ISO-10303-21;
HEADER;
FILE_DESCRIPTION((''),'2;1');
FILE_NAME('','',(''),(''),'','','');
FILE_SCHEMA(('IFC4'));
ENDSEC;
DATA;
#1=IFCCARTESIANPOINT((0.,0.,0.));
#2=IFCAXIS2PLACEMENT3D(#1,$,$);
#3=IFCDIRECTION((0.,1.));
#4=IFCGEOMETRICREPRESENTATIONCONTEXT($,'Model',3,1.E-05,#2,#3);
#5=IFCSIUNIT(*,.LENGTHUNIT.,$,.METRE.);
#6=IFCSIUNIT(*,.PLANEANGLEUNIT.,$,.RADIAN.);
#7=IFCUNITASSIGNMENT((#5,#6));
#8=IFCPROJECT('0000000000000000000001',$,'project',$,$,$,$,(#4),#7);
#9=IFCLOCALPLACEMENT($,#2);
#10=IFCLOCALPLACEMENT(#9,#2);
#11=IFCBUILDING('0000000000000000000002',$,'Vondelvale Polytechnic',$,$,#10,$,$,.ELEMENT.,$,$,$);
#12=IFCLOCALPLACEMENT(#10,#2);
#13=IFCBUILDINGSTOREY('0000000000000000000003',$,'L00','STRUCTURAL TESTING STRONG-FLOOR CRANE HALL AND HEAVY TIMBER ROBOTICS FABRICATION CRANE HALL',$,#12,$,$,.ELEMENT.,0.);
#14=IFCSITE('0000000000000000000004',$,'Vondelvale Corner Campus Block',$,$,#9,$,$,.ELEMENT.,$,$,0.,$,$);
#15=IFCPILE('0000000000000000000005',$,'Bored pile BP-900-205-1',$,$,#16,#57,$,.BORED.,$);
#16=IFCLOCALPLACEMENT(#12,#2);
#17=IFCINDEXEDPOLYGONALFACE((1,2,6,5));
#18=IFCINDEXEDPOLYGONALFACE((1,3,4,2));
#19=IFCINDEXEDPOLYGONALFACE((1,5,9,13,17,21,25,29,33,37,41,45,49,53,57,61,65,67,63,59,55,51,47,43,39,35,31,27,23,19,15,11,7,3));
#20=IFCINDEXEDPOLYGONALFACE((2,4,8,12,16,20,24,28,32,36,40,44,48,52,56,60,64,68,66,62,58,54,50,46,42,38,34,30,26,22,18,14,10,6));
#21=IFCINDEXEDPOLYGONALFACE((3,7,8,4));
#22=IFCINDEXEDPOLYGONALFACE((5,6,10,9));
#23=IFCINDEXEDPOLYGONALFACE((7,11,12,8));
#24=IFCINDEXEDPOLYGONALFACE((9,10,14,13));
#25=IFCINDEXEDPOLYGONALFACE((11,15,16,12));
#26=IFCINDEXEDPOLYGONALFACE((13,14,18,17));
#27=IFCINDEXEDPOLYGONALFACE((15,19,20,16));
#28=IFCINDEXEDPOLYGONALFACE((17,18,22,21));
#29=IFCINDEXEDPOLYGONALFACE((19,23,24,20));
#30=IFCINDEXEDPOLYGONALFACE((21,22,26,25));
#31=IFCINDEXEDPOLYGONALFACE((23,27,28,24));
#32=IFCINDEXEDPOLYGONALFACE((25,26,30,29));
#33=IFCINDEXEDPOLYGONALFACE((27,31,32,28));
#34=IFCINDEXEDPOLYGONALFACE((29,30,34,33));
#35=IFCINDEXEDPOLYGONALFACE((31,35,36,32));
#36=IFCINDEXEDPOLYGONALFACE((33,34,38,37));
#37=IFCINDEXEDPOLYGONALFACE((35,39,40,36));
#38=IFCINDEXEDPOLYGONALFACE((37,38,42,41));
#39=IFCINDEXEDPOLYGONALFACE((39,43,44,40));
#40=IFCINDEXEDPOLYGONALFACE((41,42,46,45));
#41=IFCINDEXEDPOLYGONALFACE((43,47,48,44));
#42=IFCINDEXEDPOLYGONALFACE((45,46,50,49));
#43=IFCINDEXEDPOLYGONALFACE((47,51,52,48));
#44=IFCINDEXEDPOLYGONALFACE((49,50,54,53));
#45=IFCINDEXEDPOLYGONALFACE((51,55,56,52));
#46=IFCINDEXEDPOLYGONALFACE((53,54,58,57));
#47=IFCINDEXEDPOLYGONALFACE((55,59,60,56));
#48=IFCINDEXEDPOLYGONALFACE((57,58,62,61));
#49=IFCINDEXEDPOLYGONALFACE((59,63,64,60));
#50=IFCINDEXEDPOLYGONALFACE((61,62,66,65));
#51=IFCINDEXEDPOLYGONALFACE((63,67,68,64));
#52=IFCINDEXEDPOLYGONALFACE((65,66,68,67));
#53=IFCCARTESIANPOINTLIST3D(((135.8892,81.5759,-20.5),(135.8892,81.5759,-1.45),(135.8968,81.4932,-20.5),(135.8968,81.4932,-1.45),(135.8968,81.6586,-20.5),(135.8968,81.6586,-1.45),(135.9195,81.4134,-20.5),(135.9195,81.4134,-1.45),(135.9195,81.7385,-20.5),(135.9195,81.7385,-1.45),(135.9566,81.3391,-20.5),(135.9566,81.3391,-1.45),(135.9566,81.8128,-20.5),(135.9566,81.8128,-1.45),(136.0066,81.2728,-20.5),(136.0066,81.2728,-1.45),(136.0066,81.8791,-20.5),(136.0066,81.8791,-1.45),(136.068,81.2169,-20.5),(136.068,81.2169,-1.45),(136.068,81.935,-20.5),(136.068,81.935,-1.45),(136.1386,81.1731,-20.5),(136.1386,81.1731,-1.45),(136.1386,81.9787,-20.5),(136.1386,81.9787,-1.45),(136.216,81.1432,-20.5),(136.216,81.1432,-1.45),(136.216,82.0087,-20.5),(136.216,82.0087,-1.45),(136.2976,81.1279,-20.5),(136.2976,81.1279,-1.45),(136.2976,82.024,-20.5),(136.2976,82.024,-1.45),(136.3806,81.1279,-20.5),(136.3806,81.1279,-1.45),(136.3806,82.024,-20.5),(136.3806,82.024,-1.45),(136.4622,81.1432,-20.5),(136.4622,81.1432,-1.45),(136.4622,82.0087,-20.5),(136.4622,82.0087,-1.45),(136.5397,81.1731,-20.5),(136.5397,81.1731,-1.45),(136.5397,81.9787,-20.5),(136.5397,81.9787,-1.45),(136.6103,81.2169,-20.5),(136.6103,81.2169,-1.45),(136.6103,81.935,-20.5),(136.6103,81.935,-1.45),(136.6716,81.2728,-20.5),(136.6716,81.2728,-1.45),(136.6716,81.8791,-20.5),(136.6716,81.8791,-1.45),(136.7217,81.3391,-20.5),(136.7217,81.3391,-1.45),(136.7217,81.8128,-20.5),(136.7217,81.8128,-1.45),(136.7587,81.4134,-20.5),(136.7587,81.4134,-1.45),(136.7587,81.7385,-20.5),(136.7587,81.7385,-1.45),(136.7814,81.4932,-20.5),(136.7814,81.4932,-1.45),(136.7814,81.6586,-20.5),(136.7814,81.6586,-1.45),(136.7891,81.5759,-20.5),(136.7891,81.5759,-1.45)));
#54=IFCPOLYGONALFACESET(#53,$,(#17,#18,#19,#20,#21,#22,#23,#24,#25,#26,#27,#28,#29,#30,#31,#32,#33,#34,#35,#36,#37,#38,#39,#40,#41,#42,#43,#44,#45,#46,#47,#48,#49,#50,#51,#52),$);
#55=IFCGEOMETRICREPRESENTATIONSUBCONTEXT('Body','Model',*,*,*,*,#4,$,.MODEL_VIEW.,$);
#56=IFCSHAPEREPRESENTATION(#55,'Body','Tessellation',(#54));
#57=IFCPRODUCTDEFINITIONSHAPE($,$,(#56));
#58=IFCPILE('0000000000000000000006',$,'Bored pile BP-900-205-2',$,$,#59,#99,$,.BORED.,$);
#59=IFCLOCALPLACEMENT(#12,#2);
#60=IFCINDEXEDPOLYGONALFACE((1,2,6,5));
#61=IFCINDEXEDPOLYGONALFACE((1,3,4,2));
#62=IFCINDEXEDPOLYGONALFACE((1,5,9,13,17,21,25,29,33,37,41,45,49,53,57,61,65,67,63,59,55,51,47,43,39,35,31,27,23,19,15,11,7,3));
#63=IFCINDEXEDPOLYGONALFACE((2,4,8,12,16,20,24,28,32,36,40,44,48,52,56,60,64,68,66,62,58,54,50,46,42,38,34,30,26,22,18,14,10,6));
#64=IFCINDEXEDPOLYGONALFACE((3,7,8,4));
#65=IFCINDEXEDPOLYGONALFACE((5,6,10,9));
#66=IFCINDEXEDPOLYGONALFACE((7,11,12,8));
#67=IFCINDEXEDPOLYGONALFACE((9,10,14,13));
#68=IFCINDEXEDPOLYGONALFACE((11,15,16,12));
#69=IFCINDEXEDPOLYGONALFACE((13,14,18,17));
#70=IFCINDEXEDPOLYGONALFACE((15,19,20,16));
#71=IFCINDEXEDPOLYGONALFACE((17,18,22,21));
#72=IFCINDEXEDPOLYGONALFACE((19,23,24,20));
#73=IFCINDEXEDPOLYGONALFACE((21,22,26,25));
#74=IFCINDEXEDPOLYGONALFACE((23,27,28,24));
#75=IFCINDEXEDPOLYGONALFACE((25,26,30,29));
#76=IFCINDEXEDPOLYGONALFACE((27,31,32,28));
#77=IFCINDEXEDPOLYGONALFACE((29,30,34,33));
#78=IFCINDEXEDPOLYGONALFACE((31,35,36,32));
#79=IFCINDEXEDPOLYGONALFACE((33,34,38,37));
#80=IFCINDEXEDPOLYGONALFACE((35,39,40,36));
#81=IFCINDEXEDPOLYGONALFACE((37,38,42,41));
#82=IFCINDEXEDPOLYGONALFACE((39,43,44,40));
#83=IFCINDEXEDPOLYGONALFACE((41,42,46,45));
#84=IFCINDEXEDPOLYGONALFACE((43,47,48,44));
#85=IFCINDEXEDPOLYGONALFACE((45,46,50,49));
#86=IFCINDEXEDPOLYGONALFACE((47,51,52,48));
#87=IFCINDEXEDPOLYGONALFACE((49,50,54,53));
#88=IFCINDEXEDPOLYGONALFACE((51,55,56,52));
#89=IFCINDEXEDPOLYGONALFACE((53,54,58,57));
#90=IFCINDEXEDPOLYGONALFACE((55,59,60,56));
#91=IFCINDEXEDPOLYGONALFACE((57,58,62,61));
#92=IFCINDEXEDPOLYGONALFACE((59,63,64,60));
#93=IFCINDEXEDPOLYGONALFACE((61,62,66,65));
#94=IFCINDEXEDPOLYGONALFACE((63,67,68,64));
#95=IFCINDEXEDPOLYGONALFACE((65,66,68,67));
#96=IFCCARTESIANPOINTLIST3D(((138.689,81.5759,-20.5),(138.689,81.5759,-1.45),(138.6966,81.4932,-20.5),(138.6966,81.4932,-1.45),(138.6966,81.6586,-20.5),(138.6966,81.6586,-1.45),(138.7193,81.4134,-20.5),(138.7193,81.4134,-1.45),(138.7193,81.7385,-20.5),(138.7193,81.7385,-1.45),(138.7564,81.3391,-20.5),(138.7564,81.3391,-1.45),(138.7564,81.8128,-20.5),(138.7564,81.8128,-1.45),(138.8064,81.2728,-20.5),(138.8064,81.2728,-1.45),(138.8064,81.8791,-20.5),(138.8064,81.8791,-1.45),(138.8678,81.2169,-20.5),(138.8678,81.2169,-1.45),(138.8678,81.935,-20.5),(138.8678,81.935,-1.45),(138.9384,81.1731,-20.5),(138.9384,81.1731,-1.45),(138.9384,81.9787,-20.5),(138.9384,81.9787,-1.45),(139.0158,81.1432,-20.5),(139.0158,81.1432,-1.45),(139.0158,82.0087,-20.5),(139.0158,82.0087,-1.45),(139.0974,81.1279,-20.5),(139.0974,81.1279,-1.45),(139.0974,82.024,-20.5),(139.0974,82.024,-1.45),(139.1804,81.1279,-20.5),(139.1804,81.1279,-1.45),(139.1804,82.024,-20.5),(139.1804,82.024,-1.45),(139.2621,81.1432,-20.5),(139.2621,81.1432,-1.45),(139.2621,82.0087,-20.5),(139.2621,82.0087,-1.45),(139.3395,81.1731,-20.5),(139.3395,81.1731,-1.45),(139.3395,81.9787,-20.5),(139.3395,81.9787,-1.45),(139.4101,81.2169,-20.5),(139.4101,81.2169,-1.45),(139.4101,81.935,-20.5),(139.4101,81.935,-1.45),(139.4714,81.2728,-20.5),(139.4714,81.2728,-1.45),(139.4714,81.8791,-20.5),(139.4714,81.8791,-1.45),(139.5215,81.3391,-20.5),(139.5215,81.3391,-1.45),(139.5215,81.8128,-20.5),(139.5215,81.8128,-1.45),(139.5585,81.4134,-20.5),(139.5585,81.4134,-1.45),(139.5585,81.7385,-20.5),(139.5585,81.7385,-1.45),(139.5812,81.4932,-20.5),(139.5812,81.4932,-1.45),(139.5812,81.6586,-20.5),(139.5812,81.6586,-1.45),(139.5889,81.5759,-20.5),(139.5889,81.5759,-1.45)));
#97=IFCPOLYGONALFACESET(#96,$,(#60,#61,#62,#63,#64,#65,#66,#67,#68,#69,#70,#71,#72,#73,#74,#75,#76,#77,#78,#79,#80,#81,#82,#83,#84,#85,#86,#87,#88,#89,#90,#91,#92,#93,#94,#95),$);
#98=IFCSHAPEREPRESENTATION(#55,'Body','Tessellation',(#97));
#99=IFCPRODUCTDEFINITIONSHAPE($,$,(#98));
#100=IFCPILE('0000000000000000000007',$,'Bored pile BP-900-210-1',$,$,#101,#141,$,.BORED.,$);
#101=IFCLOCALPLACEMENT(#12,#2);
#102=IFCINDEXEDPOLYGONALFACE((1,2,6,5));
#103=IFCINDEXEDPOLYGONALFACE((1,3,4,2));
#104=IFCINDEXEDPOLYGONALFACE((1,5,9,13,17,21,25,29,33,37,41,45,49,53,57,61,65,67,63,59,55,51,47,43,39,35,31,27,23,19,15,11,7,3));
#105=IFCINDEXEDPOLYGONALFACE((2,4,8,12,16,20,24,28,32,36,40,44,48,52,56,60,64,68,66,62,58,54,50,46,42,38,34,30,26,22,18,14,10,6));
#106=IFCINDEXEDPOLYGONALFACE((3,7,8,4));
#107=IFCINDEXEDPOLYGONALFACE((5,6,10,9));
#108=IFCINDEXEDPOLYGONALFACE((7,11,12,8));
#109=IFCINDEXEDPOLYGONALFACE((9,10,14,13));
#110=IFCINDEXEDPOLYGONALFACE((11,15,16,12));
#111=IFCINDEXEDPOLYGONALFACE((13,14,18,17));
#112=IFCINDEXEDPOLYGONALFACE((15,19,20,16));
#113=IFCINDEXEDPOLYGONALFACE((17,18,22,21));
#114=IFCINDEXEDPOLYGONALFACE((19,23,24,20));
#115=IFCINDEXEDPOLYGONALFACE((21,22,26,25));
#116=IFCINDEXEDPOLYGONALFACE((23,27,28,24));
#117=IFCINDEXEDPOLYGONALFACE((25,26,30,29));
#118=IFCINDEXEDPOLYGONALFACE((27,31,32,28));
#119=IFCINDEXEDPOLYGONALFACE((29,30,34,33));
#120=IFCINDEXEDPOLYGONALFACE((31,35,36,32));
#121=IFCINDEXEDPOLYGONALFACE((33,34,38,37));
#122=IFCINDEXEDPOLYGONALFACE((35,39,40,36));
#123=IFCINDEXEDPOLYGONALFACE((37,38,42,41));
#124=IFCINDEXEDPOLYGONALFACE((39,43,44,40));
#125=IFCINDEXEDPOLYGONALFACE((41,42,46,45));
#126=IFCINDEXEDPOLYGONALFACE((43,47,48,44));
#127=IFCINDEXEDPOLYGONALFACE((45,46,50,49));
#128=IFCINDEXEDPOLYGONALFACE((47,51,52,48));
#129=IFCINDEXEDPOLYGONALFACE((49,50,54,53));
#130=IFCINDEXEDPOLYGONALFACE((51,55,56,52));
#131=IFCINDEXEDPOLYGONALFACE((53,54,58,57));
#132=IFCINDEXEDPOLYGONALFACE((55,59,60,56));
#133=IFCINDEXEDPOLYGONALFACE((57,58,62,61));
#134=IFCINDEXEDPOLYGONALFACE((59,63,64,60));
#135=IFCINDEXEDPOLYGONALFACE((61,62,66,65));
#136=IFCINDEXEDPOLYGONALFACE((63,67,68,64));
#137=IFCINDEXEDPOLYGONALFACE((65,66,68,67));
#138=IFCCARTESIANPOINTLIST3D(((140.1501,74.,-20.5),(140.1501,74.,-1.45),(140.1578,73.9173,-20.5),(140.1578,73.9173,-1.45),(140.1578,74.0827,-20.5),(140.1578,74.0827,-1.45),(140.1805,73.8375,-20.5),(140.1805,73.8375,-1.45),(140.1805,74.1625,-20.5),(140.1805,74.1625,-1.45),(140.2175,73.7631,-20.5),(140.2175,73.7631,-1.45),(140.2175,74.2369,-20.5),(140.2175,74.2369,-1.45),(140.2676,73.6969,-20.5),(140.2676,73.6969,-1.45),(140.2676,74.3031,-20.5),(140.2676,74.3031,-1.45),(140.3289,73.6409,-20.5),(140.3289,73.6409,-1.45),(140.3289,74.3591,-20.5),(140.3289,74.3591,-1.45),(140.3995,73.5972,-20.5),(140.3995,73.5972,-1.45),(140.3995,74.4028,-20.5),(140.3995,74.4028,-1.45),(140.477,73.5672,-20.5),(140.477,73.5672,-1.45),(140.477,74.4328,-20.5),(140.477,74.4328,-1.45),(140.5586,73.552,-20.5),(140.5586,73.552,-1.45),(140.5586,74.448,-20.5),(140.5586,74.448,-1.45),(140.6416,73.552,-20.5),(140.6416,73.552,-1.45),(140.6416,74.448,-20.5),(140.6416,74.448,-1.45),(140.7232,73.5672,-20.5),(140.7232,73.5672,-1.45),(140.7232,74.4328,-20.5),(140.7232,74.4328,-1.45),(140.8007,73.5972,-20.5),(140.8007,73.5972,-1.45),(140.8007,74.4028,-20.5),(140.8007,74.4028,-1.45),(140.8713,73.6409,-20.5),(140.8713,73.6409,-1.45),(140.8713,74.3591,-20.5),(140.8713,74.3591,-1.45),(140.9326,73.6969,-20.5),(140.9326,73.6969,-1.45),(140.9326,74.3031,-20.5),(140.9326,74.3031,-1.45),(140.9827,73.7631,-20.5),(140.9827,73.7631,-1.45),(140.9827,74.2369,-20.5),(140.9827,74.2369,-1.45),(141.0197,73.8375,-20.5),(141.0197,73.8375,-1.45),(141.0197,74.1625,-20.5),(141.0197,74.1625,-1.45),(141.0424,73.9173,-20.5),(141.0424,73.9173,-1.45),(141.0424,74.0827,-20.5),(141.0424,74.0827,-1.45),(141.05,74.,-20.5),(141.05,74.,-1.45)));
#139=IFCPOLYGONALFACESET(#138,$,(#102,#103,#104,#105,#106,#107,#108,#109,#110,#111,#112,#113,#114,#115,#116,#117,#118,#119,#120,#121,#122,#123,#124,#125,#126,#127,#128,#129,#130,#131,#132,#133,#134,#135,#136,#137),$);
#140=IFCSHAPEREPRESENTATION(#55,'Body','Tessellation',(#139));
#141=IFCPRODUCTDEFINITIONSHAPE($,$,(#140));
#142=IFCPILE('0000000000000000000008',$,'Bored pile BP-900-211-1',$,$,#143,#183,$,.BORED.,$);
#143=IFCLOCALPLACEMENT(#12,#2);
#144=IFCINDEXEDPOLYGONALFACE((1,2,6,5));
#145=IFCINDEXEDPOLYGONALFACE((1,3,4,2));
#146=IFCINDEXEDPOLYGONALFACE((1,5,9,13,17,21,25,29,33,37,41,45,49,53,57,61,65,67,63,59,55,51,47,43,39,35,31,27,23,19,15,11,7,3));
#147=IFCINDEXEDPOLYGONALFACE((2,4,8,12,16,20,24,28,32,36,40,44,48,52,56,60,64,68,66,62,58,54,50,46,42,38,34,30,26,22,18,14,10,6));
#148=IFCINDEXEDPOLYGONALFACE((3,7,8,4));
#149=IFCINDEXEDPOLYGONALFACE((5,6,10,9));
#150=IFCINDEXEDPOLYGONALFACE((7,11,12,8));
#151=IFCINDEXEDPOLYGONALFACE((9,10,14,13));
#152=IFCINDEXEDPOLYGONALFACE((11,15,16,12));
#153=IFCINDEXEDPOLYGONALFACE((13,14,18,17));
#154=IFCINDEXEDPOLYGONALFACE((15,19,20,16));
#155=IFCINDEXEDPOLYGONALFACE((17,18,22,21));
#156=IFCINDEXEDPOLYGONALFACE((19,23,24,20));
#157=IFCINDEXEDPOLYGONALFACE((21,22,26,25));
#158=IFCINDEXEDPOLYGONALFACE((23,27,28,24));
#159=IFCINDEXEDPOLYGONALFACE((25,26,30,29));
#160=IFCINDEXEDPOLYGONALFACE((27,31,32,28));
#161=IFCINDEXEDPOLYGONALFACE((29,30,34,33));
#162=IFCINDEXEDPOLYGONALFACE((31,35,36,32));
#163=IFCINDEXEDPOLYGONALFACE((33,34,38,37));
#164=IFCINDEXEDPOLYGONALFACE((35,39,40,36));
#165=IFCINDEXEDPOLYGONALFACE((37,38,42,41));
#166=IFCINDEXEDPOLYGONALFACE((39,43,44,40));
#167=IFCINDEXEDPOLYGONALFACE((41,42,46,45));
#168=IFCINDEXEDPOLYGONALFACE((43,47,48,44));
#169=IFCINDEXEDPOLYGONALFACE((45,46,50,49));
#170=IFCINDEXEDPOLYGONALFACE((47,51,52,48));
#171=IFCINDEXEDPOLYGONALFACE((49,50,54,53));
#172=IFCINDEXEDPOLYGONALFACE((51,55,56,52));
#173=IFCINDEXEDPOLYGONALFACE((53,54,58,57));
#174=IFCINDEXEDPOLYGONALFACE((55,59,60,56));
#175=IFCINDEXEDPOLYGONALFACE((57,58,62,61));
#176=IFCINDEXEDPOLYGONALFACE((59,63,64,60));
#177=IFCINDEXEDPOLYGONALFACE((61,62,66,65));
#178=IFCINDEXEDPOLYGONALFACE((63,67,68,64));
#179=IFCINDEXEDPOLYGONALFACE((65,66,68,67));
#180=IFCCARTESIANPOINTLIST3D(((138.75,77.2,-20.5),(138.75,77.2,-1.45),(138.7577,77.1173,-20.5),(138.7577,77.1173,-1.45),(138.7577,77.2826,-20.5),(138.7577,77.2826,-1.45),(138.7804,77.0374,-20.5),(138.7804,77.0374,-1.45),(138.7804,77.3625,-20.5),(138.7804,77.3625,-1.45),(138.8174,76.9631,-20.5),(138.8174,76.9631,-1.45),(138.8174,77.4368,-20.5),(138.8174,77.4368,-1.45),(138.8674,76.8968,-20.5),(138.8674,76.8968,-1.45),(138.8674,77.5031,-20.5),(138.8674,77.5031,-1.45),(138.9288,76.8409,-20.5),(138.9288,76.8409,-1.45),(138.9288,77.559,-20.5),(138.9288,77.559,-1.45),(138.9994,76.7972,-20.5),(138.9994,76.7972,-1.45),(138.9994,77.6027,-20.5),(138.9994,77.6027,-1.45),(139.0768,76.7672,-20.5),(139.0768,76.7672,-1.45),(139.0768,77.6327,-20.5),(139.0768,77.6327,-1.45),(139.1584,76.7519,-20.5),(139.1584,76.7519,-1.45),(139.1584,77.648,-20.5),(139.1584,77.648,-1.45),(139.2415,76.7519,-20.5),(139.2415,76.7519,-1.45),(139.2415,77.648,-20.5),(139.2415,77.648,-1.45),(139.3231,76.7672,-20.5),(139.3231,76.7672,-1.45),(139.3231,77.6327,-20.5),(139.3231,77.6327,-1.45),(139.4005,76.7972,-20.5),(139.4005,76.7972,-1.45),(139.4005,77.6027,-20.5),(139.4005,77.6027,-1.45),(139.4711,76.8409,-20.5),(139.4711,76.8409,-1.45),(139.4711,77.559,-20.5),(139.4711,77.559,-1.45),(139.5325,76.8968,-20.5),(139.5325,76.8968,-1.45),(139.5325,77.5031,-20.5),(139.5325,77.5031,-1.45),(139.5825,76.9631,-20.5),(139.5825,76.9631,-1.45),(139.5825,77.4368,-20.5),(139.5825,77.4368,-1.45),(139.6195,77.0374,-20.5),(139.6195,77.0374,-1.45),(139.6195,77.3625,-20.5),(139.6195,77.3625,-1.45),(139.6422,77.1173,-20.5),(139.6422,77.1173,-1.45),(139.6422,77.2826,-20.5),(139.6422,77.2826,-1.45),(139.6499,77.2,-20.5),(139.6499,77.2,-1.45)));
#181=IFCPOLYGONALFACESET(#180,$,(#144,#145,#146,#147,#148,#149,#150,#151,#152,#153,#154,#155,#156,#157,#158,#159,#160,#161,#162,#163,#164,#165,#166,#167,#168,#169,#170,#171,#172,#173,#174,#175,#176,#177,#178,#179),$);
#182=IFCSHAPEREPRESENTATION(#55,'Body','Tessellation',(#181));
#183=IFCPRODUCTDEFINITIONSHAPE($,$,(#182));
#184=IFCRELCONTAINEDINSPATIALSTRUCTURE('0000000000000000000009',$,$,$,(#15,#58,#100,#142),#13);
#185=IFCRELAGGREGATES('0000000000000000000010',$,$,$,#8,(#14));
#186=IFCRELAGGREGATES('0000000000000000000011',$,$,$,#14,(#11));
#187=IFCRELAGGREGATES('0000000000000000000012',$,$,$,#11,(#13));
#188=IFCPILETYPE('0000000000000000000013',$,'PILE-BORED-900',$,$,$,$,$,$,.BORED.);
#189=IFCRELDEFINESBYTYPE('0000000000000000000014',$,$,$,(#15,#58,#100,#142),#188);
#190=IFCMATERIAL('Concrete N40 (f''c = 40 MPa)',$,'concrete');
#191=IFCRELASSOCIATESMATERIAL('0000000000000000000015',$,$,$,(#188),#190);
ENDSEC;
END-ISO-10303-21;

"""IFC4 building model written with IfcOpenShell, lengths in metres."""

from ifc_helpers import new_model, si_unit, direction, frame, origin, origin_2d, place, context, subcontext, project, spatial, circle, extrude, material, material_profile, profile_set, type_object, element, save


model = new_model("IFC4")

# Units and contexts
model_context = context("Model", 3, precision=1e-05, world=origin(), true_north=direction((0.0, 1.0)))
body_context = subcontext(model_context, "Body", "Model", "MODEL_VIEW")
ifc_project = project(units=[si_unit("LENGTHUNIT", "METRE"), si_unit("PLANEANGLEUNIT", "RADIAN")], contexts=[model_context])

# Site, building, storey
site_placement = place(None, origin())
site = spatial("IfcSite", under=ifc_project, at=site_placement, Name="Vondelvale Corner Campus Block", CompositionType="ELEMENT", RefElevation=0.0)
building_placement = place(site_placement, origin())
building = spatial("IfcBuilding", under=site, at=building_placement, Name="Vondelvale Polytechnic", CompositionType="ELEMENT")
storey_placement = place(building_placement, origin())
storey = spatial("IfcBuildingStorey", under=building, at=storey_placement, Name="L00", Description="STRUCTURAL TESTING STRONG-FLOOR CRANE HALL AND HEAVY TIMBER ROBOTICS FABRICATION CRANE HALL", CompositionType="ELEMENT", Elevation=0.0)

# Shared definitions
ifc_material_1 = material(Name="Concrete N40 (f'c = 40 MPa)", Category="concrete")

# Piles
ifc_material_profile_1 = material_profile(ifc_material_1, circle(Radius=0.45, at=origin_2d()), Name="PILE-D900")
ifc_profile_set_1 = profile_set([ifc_material_profile_1], Name="Concrete N40 (f'c = 40 MPa)")
pile_type_1 = type_object("IfcPileType", Name="PILE-BORED-900", PredefinedType="BORED", material=ifc_profile_set_1)
for number, where, z_axis, x_axis, name in (
    (1, (136.3391, 81.5759, -1.45), (0.0, 0.0, -1.0), (1.0, 0.0, 0.0), "Bored pile BP-900-205-1"),
    (2, (139.1389, 81.5759, -1.45), (0.0, 0.0, -1.0), (1.0, 0.0, 0.0), "Bored pile BP-900-205-2"),
    (3, (140.6001, 74.0, -1.45), (0.0, 0.0, -1.0), (1.0, 0.0, 0.0), "Bored pile BP-900-210-1"),
    (4, (139.2, 77.2, -1.45), (0.0, 0.0, -1.0), (1.0, 0.0, 0.0), "Bored pile BP-900-211-1"),
):
    element("IfcPile", number, at=place(storey_placement, frame(where, z_axis=z_axis, x_axis=x_axis)), inside=storey, type_object=pile_type_1, Name=name, PredefinedType="BORED", context=body_context, shape_type="SweptSolid", body=[
        extrude(circle(Radius=0.45, at=origin_2d()), origin(), (0.0, 0.0, 1.0), 19.05),
    ])

save(model, "model.ifc")
